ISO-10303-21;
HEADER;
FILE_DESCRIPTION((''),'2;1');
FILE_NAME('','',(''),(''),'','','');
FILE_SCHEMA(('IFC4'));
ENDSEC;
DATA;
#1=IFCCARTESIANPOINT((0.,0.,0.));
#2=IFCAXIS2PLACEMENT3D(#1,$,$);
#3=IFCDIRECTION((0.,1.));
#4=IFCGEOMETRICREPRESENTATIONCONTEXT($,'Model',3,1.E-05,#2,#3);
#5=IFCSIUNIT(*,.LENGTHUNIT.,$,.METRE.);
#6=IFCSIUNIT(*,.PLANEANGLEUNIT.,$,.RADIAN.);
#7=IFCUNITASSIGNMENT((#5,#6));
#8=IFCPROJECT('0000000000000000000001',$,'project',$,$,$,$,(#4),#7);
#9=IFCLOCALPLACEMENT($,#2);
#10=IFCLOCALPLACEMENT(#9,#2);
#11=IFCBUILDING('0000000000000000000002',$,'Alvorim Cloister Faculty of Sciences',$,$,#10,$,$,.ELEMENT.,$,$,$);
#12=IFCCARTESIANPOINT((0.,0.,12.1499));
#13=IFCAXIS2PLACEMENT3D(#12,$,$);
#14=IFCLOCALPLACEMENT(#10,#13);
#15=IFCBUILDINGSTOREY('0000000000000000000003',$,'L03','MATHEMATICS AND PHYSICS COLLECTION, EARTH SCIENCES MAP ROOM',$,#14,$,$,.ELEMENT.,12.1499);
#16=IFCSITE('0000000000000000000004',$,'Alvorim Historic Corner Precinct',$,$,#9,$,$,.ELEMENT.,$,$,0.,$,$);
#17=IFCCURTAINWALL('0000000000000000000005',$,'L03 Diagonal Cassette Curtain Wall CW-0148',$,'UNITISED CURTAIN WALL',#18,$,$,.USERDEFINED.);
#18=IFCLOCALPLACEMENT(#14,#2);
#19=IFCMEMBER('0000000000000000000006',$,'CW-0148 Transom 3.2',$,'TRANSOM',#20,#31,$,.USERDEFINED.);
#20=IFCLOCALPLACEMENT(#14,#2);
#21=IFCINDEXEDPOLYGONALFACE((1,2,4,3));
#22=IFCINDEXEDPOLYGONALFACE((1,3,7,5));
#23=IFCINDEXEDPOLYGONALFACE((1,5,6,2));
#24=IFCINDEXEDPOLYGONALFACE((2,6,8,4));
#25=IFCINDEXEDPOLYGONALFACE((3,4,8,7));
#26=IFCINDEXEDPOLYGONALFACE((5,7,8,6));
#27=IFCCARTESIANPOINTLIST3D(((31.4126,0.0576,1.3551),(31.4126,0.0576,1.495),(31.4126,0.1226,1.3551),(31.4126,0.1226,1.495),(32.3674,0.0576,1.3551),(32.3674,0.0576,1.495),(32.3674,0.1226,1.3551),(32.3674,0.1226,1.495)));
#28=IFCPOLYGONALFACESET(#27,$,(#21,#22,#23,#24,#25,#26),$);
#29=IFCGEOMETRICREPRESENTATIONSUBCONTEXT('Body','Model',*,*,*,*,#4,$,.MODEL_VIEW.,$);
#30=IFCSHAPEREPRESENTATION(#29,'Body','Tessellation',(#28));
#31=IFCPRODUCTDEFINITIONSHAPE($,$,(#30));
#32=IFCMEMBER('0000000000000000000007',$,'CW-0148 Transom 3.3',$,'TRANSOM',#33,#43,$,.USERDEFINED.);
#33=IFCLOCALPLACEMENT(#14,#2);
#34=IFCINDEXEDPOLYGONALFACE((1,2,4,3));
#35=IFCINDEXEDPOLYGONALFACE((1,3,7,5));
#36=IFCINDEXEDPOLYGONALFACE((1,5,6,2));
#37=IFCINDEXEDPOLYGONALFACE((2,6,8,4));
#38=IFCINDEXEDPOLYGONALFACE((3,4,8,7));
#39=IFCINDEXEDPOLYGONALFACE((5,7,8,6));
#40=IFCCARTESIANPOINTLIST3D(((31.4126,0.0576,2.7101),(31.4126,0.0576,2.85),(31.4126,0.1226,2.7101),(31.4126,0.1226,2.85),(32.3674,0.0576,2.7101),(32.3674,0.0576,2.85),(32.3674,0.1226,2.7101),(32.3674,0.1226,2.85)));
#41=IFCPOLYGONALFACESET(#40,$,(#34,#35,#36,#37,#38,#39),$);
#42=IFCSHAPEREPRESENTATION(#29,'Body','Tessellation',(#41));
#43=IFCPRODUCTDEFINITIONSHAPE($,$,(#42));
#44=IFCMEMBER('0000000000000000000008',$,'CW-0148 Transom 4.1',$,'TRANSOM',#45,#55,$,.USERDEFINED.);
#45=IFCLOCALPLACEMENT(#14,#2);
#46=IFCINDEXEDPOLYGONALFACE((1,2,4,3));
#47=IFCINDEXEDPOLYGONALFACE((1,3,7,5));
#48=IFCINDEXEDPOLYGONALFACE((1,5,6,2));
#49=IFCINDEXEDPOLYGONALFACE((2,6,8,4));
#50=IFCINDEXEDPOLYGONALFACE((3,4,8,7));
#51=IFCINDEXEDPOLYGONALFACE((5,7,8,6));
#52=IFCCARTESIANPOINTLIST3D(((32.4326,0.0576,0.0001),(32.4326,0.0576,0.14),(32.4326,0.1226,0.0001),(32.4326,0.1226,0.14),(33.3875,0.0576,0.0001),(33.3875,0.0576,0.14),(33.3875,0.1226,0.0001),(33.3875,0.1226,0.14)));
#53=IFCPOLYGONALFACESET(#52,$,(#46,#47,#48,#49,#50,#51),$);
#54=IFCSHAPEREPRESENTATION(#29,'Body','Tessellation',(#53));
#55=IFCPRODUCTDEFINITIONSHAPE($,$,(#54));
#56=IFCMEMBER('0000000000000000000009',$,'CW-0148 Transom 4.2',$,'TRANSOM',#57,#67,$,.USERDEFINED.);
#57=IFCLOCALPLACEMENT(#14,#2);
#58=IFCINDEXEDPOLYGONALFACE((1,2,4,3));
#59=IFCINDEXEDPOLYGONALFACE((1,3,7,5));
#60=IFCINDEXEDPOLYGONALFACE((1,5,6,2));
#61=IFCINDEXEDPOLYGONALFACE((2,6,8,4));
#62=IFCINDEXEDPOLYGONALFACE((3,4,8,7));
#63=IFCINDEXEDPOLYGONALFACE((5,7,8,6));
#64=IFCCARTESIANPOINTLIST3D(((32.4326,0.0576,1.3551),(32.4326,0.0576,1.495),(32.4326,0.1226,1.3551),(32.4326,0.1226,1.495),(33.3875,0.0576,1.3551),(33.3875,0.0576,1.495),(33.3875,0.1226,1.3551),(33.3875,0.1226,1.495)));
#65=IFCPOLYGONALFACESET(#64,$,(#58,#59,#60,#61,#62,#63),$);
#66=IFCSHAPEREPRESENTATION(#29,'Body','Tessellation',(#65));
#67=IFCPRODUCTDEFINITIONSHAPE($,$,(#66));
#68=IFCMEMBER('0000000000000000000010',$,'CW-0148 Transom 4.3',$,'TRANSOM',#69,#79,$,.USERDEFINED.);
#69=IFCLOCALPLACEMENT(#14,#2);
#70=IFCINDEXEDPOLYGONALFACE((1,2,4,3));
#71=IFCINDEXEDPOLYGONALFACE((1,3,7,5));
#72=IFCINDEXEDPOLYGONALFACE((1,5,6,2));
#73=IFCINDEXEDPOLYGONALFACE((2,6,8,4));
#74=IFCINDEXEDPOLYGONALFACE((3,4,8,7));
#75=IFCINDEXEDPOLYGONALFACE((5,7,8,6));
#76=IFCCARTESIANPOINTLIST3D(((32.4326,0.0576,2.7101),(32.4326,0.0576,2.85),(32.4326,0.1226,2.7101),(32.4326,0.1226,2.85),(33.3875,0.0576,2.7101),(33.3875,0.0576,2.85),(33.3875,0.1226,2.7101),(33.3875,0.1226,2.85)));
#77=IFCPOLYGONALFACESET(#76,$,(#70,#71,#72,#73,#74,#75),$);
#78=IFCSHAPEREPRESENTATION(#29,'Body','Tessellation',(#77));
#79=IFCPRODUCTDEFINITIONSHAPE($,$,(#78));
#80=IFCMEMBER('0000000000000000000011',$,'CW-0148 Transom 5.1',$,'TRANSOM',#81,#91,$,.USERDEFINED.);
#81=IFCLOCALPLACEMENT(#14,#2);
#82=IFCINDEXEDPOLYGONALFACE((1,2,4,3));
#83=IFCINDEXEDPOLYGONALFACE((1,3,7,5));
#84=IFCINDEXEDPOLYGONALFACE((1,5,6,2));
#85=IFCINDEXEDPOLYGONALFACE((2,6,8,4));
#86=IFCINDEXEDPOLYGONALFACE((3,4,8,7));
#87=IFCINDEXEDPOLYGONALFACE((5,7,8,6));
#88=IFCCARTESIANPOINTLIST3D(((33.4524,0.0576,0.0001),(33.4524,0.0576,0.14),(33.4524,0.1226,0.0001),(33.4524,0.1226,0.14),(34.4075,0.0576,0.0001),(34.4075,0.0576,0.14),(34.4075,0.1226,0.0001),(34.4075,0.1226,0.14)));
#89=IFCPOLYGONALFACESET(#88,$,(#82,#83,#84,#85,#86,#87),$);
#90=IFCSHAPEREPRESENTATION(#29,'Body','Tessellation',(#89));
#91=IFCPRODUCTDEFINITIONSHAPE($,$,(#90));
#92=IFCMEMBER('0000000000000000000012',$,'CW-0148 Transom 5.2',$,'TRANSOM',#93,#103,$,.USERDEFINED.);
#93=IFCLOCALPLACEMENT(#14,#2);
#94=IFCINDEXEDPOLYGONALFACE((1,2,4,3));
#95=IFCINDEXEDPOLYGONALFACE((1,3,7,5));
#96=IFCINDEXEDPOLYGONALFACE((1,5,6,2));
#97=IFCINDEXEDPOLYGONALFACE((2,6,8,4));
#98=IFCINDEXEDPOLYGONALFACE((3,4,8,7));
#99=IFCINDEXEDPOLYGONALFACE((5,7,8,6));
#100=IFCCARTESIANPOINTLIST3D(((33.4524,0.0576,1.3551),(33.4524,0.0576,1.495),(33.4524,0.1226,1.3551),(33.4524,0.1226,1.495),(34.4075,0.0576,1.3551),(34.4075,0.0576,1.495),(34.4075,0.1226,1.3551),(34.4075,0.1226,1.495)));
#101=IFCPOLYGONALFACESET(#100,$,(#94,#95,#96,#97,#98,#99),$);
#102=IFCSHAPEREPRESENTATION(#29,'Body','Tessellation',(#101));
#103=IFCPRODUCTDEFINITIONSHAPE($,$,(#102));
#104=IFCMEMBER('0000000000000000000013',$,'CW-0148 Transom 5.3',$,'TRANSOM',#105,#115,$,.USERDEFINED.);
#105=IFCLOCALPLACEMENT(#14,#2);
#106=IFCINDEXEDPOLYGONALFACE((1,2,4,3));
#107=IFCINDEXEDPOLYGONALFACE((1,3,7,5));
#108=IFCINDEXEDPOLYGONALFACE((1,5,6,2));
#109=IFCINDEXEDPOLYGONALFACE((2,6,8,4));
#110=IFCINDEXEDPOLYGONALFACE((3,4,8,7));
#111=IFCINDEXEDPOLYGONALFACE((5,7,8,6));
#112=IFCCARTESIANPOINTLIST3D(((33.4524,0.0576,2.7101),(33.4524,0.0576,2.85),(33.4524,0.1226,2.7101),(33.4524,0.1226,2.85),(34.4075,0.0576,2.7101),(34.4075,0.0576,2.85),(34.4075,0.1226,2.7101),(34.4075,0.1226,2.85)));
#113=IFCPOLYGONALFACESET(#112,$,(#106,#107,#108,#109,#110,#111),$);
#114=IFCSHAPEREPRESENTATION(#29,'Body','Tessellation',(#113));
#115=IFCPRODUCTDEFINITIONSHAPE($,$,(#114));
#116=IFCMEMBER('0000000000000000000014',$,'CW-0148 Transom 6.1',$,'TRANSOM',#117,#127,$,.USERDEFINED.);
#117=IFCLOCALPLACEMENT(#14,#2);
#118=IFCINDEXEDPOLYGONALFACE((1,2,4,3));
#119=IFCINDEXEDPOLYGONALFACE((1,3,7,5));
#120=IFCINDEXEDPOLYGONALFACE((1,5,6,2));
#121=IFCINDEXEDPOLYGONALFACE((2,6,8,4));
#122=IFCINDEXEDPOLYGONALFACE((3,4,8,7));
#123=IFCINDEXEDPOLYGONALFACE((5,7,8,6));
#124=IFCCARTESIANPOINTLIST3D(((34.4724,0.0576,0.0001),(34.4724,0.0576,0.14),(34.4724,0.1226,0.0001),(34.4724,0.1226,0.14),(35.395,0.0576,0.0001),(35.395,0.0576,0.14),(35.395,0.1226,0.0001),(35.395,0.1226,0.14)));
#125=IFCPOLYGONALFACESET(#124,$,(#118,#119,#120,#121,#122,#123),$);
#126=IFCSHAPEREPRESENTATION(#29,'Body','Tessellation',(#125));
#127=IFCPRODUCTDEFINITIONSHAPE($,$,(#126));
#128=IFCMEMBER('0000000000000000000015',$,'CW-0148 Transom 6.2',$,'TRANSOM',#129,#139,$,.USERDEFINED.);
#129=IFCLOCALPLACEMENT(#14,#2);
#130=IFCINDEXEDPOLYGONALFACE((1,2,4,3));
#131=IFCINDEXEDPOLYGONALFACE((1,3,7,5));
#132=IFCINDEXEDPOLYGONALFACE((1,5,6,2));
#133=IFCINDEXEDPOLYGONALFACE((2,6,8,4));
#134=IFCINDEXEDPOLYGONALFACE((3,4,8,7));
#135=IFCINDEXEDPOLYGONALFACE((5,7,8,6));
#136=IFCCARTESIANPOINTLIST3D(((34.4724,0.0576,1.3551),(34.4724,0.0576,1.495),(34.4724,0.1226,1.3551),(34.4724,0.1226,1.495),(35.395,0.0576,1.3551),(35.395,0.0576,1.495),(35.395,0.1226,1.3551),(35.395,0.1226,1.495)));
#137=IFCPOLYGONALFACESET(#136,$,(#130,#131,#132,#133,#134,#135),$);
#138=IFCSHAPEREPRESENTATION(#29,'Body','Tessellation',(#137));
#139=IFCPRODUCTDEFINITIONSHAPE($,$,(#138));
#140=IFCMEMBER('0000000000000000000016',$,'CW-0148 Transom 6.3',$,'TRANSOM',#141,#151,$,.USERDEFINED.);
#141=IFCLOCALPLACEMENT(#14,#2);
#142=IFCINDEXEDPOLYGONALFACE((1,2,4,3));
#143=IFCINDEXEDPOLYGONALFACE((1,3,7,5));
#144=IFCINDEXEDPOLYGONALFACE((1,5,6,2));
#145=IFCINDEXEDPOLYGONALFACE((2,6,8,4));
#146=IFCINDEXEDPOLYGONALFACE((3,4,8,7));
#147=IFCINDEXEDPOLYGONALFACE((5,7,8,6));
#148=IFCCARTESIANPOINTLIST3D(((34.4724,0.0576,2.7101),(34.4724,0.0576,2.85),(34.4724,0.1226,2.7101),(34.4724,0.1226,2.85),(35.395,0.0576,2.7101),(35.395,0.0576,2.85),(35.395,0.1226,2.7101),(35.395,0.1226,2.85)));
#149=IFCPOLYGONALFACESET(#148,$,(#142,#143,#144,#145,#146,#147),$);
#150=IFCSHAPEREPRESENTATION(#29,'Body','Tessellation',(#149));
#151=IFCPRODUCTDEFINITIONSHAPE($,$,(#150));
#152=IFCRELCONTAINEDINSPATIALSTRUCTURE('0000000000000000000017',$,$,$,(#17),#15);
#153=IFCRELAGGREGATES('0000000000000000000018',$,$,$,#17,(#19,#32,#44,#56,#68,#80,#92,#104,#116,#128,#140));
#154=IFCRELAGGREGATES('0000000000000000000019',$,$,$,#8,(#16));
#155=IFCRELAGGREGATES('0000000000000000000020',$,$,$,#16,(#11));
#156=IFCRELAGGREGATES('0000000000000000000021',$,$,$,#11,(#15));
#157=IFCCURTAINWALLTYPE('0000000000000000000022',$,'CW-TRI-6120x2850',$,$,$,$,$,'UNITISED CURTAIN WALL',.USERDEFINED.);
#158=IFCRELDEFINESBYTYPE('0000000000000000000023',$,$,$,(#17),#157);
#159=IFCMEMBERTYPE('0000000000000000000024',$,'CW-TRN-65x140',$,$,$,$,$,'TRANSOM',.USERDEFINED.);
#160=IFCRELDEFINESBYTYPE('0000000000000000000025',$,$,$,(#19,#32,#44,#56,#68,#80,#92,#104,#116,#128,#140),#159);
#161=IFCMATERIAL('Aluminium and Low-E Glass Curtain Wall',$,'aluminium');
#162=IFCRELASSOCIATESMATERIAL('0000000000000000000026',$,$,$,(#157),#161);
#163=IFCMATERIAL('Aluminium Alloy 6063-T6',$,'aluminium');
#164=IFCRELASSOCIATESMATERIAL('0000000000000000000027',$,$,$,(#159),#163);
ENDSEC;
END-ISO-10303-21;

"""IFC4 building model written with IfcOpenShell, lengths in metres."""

from ifc_helpers import new_model, si_unit, direction, frame, origin, origin_2d, place, context, subcontext, project, spatial, rectangle, extrude, material, material_profile, profile_set, type_object, element, aggregate, save


model = new_model("IFC4")

# Units and contexts
model_context = context("Model", 3, precision=1e-05, world=origin(), true_north=direction((0.0, 1.0)))
body_context = subcontext(model_context, "Body", "Model", "MODEL_VIEW")
ifc_project = project(units=[si_unit("LENGTHUNIT", "METRE"), si_unit("PLANEANGLEUNIT", "RADIAN")], contexts=[model_context])

# Site, building, storey
site_placement = place(None, origin())
site = spatial("IfcSite", under=ifc_project, at=site_placement, Name="Alvorim Historic Corner Precinct", CompositionType="ELEMENT", RefElevation=0.0)
building_placement = place(site_placement, origin())
building = spatial("IfcBuilding", under=site, at=building_placement, Name="Alvorim Cloister Faculty of Sciences", CompositionType="ELEMENT")
storey_placement = place(building_placement, frame((0.0, 0.0, 12.1499)))
storey = spatial("IfcBuildingStorey", under=building, at=storey_placement, Name="L03", Description="MATHEMATICS AND PHYSICS COLLECTION, EARTH SCIENCES MAP ROOM", CompositionType="ELEMENT", Elevation=12.1499)

# Curtain wall
ifc_material_1 = material(Name="Aluminium and Low-E Glass Curtain Wall", Category="aluminium")
curtain_wall_type = type_object("IfcCurtainWallType", Name="CW-TRI-6120x2850", ElementType="UNITISED CURTAIN WALL", PredefinedType="USERDEFINED", material=ifc_material_1)
curtain_wall_1_placement = place(storey_placement, origin())
curtain_wall_1 = element("IfcCurtainWall", 1, at=curtain_wall_1_placement, inside=storey, type_object=curtain_wall_type, Name="L03 Diagonal Cassette Curtain Wall CW-0148", ObjectType="UNITISED CURTAIN WALL", PredefinedType="USERDEFINED")
ifc_material_2 = material(Name="Aluminium Alloy 6063-T6", Category="aluminium")

# Members
ifc_material_profile_1 = material_profile(ifc_material_2, rectangle(XDim=0.0649, YDim=0.1399, at=origin_2d()), Name="ALU-TRN-65x140")
ifc_profile_set_1 = profile_set([ifc_material_profile_1], Name="Aluminium Alloy 6063-T6")
member_type_1 = type_object("IfcMemberType", Name="CW-TRN-65x140", ElementType="TRANSOM", PredefinedType="USERDEFINED", material=ifc_profile_set_1)
member_1_placement = place(storey_placement, frame((31.4126, 0.0901, 1.425), z_axis=(1.0, 0.0, 0.0), x_axis=(0.0, 1.0, 0.0)))
member_1 = element("IfcMember", 2, at=member_1_placement, type_object=member_type_1, Name="CW-0148 Transom 3.2", ObjectType="TRANSOM", PredefinedType="USERDEFINED", context=body_context, shape_type="SweptSolid", body=[
    extrude(rectangle(XDim=0.0649, YDim=0.1399, at=origin_2d()), origin(), (0.0, 0.0, 1.0), 0.9548),
])
member_2_placement = place(storey_placement, frame((31.4126, 0.0901, 2.78), z_axis=(1.0, 0.0, 0.0), x_axis=(0.0, 1.0, 0.0)))
member_2 = element("IfcMember", 3, at=member_2_placement, type_object=member_type_1, Name="CW-0148 Transom 3.3", ObjectType="TRANSOM", PredefinedType="USERDEFINED", context=body_context, shape_type="SweptSolid", body=[
    extrude(rectangle(XDim=0.0649, YDim=0.1399, at=origin_2d()), origin(), (0.0, 0.0, 1.0), 0.9548),
])
member_3_placement = place(storey_placement, frame((32.4326, 0.0901, 0.0701), z_axis=(1.0, 0.0, 0.0), x_axis=(0.0, 1.0, 0.0)))
member_3 = element("IfcMember", 4, at=member_3_placement, type_object=member_type_1, Name="CW-0148 Transom 4.1", ObjectType="TRANSOM", PredefinedType="USERDEFINED", context=body_context, shape_type="SweptSolid", body=[
    extrude(rectangle(XDim=0.0649, YDim=0.1399, at=origin_2d()), origin(), (0.0, 0.0, 1.0), 0.9548),
])
member_4_placement = place(storey_placement, frame((32.4326, 0.0901, 1.425), z_axis=(1.0, 0.0, 0.0), x_axis=(0.0, 1.0, 0.0)))
member_4 = element("IfcMember", 5, at=member_4_placement, type_object=member_type_1, Name="CW-0148 Transom 4.2", ObjectType="TRANSOM", PredefinedType="USERDEFINED", context=body_context, shape_type="SweptSolid", body=[
    extrude(rectangle(XDim=0.0649, YDim=0.1399, at=origin_2d()), origin(), (0.0, 0.0, 1.0), 0.9548),
])
member_5_placement = place(storey_placement, frame((32.4326, 0.0901, 2.78), z_axis=(1.0, 0.0, 0.0), x_axis=(0.0, 1.0, 0.0)))
member_5 = element("IfcMember", 6, at=member_5_placement, type_object=member_type_1, Name="CW-0148 Transom 4.3", ObjectType="TRANSOM", PredefinedType="USERDEFINED", context=body_context, shape_type="SweptSolid", body=[
    extrude(rectangle(XDim=0.0649, YDim=0.1399, at=origin_2d()), origin(), (0.0, 0.0, 1.0), 0.9548),
])
member_6_placement = place(storey_placement, frame((33.4524, 0.0901, 0.0701), z_axis=(1.0, 0.0, 0.0), x_axis=(0.0, 1.0, 0.0)))
member_6 = element("IfcMember", 7, at=member_6_placement, type_object=member_type_1, Name="CW-0148 Transom 5.1", ObjectType="TRANSOM", PredefinedType="USERDEFINED", context=body_context, shape_type="SweptSolid", body=[
    extrude(rectangle(XDim=0.0649, YDim=0.1399, at=origin_2d()), origin(), (0.0, 0.0, 1.0), 0.9551),
])
member_7_placement = place(storey_placement, frame((33.4524, 0.0901, 1.425), z_axis=(1.0, 0.0, 0.0), x_axis=(0.0, 1.0, 0.0)))
member_7 = element("IfcMember", 8, at=member_7_placement, type_object=member_type_1, Name="CW-0148 Transom 5.2", ObjectType="TRANSOM", PredefinedType="USERDEFINED", context=body_context, shape_type="SweptSolid", body=[
    extrude(rectangle(XDim=0.0649, YDim=0.1399, at=origin_2d()), origin(), (0.0, 0.0, 1.0), 0.9551),
])
member_8_placement = place(storey_placement, frame((33.4524, 0.0901, 2.78), z_axis=(1.0, 0.0, 0.0), x_axis=(0.0, 1.0, 0.0)))
member_8 = element("IfcMember", 9, at=member_8_placement, type_object=member_type_1, Name="CW-0148 Transom 5.3", ObjectType="TRANSOM", PredefinedType="USERDEFINED", context=body_context, shape_type="SweptSolid", body=[
    extrude(rectangle(XDim=0.0649, YDim=0.1399, at=origin_2d()), origin(), (0.0, 0.0, 1.0), 0.9551),
])
member_9_placement = place(storey_placement, frame((34.4724, 0.0901, 0.0701), z_axis=(1.0, 0.0, 0.0), x_axis=(0.0, 1.0, 0.0)))
member_9 = element("IfcMember", 10, at=member_9_placement, type_object=member_type_1, Name="CW-0148 Transom 6.1", ObjectType="TRANSOM", PredefinedType="USERDEFINED", context=body_context, shape_type="SweptSolid", body=[
    extrude(rectangle(XDim=0.0649, YDim=0.1399, at=origin_2d()), origin(), (0.0, 0.0, 1.0), 0.9226),
])
member_10_placement = place(storey_placement, frame((34.4724, 0.0901, 1.425), z_axis=(1.0, 0.0, 0.0), x_axis=(0.0, 1.0, 0.0)))
member_10 = element("IfcMember", 11, at=member_10_placement, type_object=member_type_1, Name="CW-0148 Transom 6.2", ObjectType="TRANSOM", PredefinedType="USERDEFINED", context=body_context, shape_type="SweptSolid", body=[
    extrude(rectangle(XDim=0.0649, YDim=0.1399, at=origin_2d()), origin(), (0.0, 0.0, 1.0), 0.9226),
])
member_11_placement = place(storey_placement, frame((34.4724, 0.0901, 2.78), z_axis=(1.0, 0.0, 0.0), x_axis=(0.0, 1.0, 0.0)))
member_11 = element("IfcMember", 12, at=member_11_placement, type_object=member_type_1, Name="CW-0148 Transom 6.3", ObjectType="TRANSOM", PredefinedType="USERDEFINED", context=body_context, shape_type="SweptSolid", body=[
    extrude(rectangle(XDim=0.0649, YDim=0.1399, at=origin_2d()), origin(), (0.0, 0.0, 1.0), 0.9226),
])
aggregate(curtain_wall_1, [member_1, member_2, member_3, member_4, member_5, member_6, member_7, member_8, member_9, member_10, member_11])

save(model, "model.ifc")
